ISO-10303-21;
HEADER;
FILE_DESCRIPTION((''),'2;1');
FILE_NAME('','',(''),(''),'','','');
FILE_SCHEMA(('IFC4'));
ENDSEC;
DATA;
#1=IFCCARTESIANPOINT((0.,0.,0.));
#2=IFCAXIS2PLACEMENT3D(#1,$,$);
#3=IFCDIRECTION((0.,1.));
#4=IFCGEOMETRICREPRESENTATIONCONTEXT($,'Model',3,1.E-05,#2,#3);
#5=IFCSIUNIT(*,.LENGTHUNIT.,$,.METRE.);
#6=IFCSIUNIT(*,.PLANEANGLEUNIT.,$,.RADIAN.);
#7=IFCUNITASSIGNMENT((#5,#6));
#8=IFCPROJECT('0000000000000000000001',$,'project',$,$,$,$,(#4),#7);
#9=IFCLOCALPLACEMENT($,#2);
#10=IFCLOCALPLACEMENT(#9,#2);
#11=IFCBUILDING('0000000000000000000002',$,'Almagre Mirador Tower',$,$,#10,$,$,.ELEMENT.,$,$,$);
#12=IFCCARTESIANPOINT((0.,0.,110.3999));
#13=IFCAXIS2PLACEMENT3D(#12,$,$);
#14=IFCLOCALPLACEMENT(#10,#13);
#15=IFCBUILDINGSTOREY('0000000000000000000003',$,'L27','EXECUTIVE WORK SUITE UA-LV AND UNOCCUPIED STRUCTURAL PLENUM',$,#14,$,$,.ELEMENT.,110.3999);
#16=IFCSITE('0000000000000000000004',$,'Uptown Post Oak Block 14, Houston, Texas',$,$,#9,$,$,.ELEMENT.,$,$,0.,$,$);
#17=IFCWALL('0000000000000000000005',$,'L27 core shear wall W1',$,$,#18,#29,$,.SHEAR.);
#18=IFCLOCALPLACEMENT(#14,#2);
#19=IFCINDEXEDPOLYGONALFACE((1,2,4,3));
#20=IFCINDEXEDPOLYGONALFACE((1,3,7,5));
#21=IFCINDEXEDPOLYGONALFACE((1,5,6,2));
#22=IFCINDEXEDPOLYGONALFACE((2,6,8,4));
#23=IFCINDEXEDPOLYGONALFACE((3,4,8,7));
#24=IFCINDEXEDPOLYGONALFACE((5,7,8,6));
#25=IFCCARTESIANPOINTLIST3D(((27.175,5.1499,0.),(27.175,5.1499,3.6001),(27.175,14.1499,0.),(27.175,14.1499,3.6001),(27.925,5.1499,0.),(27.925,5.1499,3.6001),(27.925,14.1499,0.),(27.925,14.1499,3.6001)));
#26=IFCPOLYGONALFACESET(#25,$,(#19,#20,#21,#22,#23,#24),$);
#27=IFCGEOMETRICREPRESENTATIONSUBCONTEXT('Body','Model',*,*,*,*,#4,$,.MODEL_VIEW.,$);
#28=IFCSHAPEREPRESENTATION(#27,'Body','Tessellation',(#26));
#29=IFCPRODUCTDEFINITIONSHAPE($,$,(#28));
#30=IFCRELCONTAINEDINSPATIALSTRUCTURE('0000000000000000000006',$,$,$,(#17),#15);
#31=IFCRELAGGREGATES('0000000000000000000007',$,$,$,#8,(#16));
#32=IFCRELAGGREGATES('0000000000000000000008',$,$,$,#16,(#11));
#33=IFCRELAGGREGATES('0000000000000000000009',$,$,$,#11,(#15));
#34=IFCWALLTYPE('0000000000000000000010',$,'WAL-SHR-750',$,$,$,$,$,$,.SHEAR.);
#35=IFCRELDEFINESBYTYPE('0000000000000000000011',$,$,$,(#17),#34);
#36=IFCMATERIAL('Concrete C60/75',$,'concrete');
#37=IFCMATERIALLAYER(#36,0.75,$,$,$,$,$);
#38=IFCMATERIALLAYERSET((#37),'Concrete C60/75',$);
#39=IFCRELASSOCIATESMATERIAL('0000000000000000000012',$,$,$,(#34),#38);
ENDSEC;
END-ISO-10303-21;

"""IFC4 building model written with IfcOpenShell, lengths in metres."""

from ifc_helpers import new_model, si_unit, direction, frame, frame_2d, origin, place, context, subcontext, project, spatial, rectangle, extrude, material, layer, layer_set, type_object, element, save


model = new_model("IFC4")

# Units and contexts
model_context = context("Model", 3, precision=1e-05, world=origin(), true_north=direction((0.0, 1.0)))
body_context = subcontext(model_context, "Body", "Model", "MODEL_VIEW")
ifc_project = project(units=[si_unit("LENGTHUNIT", "METRE"), si_unit("PLANEANGLEUNIT", "RADIAN")], contexts=[model_context])

# Site, building, storey
site_placement = place(None, origin())
site = spatial("IfcSite", under=ifc_project, at=site_placement, Name="Uptown Post Oak Block 14, Houston, Texas", CompositionType="ELEMENT", RefElevation=0.0)
building_placement = place(site_placement, origin())
building = spatial("IfcBuilding", under=site, at=building_placement, Name="Almagre Mirador Tower", CompositionType="ELEMENT")
storey_placement = place(building_placement, frame((0.0, 0.0, 110.3999)))
storey = spatial("IfcBuildingStorey", under=building, at=storey_placement, Name="L27", Description="EXECUTIVE WORK SUITE UA-LV AND UNOCCUPIED STRUCTURAL PLENUM", CompositionType="ELEMENT", Elevation=110.3999)

# Wall
ifc_material_1 = material(Name="Concrete C60/75", Category="concrete")
ifc_layer_1 = layer(ifc_material_1, 0.75)
ifc_layer_set_1 = layer_set([ifc_layer_1], Name="Concrete C60/75")
wall_type_1 = type_object("IfcWallType", Name="WAL-SHR-750", PredefinedType="SHEAR", material=ifc_layer_set_1)
wall_1_placement = place(storey_placement, frame((27.55, 5.1499, 0.0), z_axis=(0.0, 0.0, 1.0), x_axis=(0.0, 1.0, 0.0)))
element("IfcWall", 1, at=wall_1_placement, inside=storey, type_object=wall_type_1, Name="L27 core shear wall W1", PredefinedType="SHEAR", context=body_context, shape_type="SweptSolid", body=[
    extrude(rectangle(XDim=9.0, YDim=0.75, at=frame_2d((4.5, 0.0))), origin(), (0.0, 0.0, 1.0), 3.6001),
])

save(model, "model.ifc")
